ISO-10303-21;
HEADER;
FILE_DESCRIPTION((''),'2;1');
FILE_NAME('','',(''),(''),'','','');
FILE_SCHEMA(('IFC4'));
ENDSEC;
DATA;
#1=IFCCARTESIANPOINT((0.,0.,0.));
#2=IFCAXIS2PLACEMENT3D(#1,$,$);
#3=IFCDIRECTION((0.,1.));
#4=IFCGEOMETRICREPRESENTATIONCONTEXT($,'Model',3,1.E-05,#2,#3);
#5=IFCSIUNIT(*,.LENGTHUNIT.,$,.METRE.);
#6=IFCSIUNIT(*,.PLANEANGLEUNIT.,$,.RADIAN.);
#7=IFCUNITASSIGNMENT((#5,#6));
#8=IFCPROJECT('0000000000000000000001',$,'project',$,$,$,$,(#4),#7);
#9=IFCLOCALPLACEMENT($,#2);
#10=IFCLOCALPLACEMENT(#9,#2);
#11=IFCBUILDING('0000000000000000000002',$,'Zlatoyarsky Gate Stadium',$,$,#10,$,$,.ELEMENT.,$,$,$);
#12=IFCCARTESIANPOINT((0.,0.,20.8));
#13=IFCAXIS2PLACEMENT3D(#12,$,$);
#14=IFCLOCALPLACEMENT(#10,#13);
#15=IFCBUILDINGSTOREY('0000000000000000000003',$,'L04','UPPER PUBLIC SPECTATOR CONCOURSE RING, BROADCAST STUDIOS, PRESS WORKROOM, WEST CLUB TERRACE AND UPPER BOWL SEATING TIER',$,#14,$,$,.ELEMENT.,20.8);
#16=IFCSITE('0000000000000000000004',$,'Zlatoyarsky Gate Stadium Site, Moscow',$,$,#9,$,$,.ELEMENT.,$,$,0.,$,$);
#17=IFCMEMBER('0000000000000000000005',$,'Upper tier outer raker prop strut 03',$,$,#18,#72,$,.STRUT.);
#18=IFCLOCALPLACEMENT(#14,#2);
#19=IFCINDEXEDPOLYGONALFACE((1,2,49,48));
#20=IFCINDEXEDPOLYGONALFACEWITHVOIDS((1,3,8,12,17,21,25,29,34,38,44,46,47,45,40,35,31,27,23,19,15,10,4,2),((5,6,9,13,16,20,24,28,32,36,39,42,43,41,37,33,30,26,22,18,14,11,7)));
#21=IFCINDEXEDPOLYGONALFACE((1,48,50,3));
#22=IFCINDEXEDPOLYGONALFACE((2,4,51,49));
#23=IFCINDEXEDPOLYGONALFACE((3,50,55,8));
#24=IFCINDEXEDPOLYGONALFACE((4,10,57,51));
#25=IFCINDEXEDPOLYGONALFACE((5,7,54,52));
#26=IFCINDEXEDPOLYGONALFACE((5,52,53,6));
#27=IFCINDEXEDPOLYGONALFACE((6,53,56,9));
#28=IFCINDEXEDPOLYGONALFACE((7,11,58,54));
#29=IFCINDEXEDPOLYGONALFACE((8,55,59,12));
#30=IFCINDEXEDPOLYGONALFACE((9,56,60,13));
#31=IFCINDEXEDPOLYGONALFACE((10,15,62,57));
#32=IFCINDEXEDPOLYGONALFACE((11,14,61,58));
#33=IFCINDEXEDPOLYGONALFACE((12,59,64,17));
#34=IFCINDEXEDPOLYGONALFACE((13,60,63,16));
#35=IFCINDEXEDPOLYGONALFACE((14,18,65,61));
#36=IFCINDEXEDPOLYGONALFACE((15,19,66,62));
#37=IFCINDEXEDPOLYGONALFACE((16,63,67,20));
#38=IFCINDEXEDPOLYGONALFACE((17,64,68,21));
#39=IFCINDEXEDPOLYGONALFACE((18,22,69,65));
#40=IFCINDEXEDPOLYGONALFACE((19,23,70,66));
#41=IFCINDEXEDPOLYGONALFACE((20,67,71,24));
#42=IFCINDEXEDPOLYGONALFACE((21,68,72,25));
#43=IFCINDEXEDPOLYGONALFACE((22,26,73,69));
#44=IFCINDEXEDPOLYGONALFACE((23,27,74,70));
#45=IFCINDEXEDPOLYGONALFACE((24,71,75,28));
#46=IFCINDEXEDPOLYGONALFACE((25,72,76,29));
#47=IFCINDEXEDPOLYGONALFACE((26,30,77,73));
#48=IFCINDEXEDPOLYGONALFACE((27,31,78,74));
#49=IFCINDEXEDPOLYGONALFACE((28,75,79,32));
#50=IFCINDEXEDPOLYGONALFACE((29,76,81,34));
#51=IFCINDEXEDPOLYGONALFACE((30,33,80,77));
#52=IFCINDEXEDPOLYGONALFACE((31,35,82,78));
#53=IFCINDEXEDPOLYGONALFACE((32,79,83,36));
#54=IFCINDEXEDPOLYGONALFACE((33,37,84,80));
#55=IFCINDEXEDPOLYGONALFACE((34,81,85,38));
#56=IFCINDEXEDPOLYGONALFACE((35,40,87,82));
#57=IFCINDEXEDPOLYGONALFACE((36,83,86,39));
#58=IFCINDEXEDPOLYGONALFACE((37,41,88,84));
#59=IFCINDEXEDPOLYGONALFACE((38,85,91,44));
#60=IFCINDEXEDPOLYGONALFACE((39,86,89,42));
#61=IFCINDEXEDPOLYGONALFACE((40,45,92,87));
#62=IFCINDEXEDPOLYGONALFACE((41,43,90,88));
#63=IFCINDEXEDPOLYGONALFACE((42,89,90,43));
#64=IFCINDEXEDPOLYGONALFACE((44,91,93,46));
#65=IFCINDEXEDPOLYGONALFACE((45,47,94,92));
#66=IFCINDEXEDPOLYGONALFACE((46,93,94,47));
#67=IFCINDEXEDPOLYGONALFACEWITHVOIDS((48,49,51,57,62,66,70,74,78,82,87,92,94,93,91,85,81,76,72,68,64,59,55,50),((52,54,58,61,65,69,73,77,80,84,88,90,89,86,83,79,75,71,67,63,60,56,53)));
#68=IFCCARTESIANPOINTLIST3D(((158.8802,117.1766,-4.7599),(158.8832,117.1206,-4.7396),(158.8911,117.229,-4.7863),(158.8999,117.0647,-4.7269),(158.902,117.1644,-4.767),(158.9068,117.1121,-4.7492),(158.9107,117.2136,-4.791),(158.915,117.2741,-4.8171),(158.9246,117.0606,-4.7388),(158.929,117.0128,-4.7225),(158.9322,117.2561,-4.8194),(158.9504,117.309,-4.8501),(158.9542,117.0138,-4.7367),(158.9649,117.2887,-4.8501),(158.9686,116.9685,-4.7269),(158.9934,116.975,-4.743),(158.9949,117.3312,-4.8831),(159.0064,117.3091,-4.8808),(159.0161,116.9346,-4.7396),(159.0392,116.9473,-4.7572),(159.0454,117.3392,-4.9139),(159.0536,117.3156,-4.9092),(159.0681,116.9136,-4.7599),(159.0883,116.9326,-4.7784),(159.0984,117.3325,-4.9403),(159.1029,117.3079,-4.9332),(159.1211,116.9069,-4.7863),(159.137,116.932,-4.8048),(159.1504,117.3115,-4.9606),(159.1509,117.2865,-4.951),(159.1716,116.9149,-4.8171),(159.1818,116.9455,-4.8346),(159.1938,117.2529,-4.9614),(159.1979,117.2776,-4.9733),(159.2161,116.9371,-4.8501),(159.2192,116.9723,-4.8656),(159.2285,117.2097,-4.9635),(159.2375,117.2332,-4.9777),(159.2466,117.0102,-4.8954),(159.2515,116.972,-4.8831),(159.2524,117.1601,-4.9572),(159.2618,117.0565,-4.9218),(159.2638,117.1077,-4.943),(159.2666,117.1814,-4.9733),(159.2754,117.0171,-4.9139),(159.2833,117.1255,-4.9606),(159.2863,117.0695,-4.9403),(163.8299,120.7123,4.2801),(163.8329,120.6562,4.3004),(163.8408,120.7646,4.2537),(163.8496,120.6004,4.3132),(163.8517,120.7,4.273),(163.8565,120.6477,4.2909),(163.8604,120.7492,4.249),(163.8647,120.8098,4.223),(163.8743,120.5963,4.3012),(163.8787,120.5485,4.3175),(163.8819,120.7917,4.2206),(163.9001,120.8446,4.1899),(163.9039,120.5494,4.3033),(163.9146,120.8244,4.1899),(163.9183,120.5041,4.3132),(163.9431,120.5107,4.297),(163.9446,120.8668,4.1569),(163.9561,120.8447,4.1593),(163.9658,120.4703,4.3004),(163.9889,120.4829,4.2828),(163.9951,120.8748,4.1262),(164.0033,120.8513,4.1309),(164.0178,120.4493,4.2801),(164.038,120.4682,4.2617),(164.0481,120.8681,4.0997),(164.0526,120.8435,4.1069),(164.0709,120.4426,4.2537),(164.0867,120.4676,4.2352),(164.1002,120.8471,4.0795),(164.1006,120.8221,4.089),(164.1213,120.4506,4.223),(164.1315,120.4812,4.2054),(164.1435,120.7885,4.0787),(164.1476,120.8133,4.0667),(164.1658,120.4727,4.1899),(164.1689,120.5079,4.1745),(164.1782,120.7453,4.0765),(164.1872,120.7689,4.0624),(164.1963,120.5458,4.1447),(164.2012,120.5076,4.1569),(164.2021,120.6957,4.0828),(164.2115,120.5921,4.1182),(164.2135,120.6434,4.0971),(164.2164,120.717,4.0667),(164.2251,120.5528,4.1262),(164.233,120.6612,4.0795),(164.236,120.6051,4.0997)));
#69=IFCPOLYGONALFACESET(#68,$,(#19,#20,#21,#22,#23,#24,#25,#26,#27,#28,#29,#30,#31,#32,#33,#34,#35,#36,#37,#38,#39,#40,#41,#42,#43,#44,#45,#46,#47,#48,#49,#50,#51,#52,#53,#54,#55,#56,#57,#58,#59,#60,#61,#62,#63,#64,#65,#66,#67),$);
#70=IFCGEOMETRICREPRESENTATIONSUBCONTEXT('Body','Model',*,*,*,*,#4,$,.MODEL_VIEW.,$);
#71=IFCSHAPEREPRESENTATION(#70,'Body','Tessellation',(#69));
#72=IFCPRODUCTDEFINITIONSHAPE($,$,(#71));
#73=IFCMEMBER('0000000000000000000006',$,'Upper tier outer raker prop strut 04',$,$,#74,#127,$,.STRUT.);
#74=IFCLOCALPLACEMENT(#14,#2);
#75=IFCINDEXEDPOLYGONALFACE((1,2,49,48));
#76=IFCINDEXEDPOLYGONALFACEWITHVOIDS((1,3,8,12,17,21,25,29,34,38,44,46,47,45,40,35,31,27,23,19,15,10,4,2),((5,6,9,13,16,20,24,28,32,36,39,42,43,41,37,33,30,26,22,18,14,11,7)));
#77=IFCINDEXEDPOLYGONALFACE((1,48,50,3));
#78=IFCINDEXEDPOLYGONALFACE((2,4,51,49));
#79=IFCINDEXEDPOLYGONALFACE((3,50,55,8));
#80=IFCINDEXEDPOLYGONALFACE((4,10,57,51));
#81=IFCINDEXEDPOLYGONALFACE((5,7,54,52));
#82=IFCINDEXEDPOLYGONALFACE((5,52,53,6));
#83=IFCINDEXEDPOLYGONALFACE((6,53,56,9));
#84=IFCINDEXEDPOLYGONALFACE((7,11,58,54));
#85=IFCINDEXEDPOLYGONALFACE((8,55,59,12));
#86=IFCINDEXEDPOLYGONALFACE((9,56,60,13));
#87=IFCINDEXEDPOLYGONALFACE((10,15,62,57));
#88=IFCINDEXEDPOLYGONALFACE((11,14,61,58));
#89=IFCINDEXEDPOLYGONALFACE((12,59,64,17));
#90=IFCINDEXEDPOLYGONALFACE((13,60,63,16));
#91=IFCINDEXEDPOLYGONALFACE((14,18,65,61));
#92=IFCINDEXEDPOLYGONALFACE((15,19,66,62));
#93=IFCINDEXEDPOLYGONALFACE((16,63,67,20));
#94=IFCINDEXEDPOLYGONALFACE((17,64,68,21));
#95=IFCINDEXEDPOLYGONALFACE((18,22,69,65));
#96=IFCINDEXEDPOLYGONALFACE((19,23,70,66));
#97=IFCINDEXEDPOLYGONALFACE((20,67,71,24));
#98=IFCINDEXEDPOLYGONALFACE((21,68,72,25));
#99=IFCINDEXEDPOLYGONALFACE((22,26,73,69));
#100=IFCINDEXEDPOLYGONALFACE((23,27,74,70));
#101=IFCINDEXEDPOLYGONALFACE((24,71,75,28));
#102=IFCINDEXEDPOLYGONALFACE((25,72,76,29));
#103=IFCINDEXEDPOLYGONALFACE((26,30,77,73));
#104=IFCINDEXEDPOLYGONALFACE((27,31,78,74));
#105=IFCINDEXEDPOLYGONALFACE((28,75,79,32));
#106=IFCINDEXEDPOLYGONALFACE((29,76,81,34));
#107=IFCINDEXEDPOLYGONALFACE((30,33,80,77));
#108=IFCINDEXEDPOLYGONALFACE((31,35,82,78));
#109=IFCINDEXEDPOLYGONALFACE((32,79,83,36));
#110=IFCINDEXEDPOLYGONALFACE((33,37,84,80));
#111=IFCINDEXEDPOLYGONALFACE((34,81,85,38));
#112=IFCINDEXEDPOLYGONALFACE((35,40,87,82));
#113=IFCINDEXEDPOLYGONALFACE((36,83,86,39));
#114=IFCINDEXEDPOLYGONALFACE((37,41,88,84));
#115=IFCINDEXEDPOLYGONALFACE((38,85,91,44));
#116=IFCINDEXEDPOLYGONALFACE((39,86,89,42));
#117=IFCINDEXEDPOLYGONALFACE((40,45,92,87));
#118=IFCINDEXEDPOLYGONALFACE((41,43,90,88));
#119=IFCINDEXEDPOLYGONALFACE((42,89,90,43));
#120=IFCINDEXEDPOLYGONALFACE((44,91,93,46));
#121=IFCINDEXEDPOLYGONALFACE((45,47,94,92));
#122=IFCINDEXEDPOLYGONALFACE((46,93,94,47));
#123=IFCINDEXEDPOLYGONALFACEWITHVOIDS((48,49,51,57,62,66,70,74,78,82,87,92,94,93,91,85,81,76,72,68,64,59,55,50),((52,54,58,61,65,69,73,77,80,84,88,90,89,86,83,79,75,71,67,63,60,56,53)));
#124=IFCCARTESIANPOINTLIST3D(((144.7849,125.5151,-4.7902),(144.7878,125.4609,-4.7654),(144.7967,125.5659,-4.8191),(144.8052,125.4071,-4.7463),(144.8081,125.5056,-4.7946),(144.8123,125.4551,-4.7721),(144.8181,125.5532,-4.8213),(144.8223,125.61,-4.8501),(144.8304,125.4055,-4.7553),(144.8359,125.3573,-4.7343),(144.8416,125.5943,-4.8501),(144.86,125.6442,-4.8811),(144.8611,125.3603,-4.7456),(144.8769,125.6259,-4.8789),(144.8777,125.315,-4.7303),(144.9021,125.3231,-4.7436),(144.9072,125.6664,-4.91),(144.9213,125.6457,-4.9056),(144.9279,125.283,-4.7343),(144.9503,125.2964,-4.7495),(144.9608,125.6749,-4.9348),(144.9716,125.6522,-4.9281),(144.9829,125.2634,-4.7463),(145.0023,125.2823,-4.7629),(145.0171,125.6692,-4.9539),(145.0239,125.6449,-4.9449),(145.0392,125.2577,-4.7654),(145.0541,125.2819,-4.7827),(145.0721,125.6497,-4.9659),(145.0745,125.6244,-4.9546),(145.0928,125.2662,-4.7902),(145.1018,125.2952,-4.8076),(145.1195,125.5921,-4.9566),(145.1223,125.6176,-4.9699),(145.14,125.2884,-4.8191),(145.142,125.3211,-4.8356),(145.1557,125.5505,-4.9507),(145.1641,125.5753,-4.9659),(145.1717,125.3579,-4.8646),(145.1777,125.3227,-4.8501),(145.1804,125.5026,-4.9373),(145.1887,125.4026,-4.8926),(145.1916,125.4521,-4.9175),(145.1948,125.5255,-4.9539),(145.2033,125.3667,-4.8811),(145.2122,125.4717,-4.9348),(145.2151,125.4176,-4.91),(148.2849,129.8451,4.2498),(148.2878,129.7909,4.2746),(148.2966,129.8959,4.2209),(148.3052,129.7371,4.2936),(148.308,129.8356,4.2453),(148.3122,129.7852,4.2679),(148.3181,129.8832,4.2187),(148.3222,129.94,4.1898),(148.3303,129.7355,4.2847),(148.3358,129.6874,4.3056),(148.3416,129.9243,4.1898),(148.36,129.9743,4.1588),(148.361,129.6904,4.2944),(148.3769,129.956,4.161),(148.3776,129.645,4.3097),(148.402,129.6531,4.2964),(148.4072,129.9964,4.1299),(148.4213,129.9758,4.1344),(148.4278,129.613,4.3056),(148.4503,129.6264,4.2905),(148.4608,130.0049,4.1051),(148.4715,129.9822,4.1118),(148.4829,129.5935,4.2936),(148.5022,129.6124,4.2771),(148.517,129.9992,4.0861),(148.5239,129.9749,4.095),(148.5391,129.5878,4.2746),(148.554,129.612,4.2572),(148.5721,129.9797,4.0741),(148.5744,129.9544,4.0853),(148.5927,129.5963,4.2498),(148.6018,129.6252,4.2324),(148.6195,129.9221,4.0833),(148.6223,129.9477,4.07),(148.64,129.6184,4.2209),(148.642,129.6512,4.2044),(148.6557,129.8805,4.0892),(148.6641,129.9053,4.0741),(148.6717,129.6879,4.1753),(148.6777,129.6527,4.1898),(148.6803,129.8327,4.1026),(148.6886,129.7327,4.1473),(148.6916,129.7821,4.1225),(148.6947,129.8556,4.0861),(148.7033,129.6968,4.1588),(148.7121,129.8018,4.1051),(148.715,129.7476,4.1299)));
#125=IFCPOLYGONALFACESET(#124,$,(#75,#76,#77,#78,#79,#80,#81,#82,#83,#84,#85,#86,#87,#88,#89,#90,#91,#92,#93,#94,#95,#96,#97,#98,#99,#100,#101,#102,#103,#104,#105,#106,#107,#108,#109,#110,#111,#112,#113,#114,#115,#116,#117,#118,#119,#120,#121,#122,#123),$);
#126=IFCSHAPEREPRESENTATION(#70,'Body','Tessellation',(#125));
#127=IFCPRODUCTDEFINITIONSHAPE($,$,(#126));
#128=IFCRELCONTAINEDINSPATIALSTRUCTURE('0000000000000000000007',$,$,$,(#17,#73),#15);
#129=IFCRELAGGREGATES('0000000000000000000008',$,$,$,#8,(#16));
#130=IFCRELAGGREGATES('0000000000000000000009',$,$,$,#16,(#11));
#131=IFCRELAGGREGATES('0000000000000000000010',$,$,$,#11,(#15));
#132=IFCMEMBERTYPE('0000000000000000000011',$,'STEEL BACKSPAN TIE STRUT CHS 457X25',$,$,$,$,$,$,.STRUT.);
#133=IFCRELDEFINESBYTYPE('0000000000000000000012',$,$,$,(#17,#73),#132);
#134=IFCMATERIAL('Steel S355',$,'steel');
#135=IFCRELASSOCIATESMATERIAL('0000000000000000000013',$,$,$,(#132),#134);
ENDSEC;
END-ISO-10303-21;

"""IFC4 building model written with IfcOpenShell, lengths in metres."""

from ifc_helpers import new_model, si_unit, direction, frame, origin, origin_2d, place, context, subcontext, project, spatial, hollow_circle, extrude, material, material_profile, profile_set, type_object, element, save


model = new_model("IFC4")

# Units and contexts
model_context = context("Model", 3, precision=1e-05, world=origin(), true_north=direction((0.0, 1.0)))
body_context = subcontext(model_context, "Body", "Model", "MODEL_VIEW")
ifc_project = project(units=[si_unit("LENGTHUNIT", "METRE"), si_unit("PLANEANGLEUNIT", "RADIAN")], contexts=[model_context])

# Site, building, storey
site_placement = place(None, origin())
site = spatial("IfcSite", under=ifc_project, at=site_placement, Name="Zlatoyarsky Gate Stadium Site, Moscow", CompositionType="ELEMENT", RefElevation=0.0)
building_placement = place(site_placement, origin())
building = spatial("IfcBuilding", under=site, at=building_placement, Name="Zlatoyarsky Gate Stadium", CompositionType="ELEMENT")
storey_placement = place(building_placement, frame((0.0, 0.0, 20.8)))
storey = spatial("IfcBuildingStorey", under=building, at=storey_placement, Name="L04", Description="UPPER PUBLIC SPECTATOR CONCOURSE RING, BROADCAST STUDIOS, PRESS WORKROOM, WEST CLUB TERRACE AND UPPER BOWL SEATING TIER", CompositionType="ELEMENT", Elevation=20.8)

# Members
ifc_material_1 = material(Name="Steel S355", Category="steel")
ifc_material_profile_1 = material_profile(ifc_material_1, hollow_circle(Radius=0.2285, WallThickness=0.0249, at=origin_2d()), Name="CHS 457X25")
ifc_profile_set_1 = profile_set([ifc_material_profile_1], Name="Steel S355")
member_type = type_object("IfcMemberType", Name="STEEL BACKSPAN TIE STRUT CHS 457X25", PredefinedType="STRUT", material=ifc_profile_set_1)
member_1_placement = place(storey_placement, frame((159.0833, 117.123, -4.8501), z_axis=(0.454269, 0.32449, 0.829666), x_axis=(-0.581253, 0.813723, 0.0)))
element("IfcMember", 1, at=member_1_placement, inside=storey, type_object=member_type, Name="Upper tier outer raker prop strut 03", PredefinedType="STRUT", context=body_context, shape_type="SweptSolid", body=[
    extrude(hollow_circle(Radius=0.2285, WallThickness=0.0249, at=origin_2d()), origin(), (0.0, 0.0, 1.0), 10.896),
])
member_2_placement = place(storey_placement, frame((145.0, 125.4663, -4.8501), z_axis=(0.329658, 0.407842, 0.851464), x_axis=(-0.77771, 0.628623, 0.0)))
element("IfcMember", 2, at=member_2_placement, inside=storey, type_object=member_type, Name="Upper tier outer raker prop strut 04", PredefinedType="STRUT", context=body_context, shape_type="SweptSolid", body=[
    extrude(hollow_circle(Radius=0.2285, WallThickness=0.0249, at=origin_2d()), origin(), (0.0, 0.0, 1.0), 10.6169),
])

save(model, "model.ifc")
